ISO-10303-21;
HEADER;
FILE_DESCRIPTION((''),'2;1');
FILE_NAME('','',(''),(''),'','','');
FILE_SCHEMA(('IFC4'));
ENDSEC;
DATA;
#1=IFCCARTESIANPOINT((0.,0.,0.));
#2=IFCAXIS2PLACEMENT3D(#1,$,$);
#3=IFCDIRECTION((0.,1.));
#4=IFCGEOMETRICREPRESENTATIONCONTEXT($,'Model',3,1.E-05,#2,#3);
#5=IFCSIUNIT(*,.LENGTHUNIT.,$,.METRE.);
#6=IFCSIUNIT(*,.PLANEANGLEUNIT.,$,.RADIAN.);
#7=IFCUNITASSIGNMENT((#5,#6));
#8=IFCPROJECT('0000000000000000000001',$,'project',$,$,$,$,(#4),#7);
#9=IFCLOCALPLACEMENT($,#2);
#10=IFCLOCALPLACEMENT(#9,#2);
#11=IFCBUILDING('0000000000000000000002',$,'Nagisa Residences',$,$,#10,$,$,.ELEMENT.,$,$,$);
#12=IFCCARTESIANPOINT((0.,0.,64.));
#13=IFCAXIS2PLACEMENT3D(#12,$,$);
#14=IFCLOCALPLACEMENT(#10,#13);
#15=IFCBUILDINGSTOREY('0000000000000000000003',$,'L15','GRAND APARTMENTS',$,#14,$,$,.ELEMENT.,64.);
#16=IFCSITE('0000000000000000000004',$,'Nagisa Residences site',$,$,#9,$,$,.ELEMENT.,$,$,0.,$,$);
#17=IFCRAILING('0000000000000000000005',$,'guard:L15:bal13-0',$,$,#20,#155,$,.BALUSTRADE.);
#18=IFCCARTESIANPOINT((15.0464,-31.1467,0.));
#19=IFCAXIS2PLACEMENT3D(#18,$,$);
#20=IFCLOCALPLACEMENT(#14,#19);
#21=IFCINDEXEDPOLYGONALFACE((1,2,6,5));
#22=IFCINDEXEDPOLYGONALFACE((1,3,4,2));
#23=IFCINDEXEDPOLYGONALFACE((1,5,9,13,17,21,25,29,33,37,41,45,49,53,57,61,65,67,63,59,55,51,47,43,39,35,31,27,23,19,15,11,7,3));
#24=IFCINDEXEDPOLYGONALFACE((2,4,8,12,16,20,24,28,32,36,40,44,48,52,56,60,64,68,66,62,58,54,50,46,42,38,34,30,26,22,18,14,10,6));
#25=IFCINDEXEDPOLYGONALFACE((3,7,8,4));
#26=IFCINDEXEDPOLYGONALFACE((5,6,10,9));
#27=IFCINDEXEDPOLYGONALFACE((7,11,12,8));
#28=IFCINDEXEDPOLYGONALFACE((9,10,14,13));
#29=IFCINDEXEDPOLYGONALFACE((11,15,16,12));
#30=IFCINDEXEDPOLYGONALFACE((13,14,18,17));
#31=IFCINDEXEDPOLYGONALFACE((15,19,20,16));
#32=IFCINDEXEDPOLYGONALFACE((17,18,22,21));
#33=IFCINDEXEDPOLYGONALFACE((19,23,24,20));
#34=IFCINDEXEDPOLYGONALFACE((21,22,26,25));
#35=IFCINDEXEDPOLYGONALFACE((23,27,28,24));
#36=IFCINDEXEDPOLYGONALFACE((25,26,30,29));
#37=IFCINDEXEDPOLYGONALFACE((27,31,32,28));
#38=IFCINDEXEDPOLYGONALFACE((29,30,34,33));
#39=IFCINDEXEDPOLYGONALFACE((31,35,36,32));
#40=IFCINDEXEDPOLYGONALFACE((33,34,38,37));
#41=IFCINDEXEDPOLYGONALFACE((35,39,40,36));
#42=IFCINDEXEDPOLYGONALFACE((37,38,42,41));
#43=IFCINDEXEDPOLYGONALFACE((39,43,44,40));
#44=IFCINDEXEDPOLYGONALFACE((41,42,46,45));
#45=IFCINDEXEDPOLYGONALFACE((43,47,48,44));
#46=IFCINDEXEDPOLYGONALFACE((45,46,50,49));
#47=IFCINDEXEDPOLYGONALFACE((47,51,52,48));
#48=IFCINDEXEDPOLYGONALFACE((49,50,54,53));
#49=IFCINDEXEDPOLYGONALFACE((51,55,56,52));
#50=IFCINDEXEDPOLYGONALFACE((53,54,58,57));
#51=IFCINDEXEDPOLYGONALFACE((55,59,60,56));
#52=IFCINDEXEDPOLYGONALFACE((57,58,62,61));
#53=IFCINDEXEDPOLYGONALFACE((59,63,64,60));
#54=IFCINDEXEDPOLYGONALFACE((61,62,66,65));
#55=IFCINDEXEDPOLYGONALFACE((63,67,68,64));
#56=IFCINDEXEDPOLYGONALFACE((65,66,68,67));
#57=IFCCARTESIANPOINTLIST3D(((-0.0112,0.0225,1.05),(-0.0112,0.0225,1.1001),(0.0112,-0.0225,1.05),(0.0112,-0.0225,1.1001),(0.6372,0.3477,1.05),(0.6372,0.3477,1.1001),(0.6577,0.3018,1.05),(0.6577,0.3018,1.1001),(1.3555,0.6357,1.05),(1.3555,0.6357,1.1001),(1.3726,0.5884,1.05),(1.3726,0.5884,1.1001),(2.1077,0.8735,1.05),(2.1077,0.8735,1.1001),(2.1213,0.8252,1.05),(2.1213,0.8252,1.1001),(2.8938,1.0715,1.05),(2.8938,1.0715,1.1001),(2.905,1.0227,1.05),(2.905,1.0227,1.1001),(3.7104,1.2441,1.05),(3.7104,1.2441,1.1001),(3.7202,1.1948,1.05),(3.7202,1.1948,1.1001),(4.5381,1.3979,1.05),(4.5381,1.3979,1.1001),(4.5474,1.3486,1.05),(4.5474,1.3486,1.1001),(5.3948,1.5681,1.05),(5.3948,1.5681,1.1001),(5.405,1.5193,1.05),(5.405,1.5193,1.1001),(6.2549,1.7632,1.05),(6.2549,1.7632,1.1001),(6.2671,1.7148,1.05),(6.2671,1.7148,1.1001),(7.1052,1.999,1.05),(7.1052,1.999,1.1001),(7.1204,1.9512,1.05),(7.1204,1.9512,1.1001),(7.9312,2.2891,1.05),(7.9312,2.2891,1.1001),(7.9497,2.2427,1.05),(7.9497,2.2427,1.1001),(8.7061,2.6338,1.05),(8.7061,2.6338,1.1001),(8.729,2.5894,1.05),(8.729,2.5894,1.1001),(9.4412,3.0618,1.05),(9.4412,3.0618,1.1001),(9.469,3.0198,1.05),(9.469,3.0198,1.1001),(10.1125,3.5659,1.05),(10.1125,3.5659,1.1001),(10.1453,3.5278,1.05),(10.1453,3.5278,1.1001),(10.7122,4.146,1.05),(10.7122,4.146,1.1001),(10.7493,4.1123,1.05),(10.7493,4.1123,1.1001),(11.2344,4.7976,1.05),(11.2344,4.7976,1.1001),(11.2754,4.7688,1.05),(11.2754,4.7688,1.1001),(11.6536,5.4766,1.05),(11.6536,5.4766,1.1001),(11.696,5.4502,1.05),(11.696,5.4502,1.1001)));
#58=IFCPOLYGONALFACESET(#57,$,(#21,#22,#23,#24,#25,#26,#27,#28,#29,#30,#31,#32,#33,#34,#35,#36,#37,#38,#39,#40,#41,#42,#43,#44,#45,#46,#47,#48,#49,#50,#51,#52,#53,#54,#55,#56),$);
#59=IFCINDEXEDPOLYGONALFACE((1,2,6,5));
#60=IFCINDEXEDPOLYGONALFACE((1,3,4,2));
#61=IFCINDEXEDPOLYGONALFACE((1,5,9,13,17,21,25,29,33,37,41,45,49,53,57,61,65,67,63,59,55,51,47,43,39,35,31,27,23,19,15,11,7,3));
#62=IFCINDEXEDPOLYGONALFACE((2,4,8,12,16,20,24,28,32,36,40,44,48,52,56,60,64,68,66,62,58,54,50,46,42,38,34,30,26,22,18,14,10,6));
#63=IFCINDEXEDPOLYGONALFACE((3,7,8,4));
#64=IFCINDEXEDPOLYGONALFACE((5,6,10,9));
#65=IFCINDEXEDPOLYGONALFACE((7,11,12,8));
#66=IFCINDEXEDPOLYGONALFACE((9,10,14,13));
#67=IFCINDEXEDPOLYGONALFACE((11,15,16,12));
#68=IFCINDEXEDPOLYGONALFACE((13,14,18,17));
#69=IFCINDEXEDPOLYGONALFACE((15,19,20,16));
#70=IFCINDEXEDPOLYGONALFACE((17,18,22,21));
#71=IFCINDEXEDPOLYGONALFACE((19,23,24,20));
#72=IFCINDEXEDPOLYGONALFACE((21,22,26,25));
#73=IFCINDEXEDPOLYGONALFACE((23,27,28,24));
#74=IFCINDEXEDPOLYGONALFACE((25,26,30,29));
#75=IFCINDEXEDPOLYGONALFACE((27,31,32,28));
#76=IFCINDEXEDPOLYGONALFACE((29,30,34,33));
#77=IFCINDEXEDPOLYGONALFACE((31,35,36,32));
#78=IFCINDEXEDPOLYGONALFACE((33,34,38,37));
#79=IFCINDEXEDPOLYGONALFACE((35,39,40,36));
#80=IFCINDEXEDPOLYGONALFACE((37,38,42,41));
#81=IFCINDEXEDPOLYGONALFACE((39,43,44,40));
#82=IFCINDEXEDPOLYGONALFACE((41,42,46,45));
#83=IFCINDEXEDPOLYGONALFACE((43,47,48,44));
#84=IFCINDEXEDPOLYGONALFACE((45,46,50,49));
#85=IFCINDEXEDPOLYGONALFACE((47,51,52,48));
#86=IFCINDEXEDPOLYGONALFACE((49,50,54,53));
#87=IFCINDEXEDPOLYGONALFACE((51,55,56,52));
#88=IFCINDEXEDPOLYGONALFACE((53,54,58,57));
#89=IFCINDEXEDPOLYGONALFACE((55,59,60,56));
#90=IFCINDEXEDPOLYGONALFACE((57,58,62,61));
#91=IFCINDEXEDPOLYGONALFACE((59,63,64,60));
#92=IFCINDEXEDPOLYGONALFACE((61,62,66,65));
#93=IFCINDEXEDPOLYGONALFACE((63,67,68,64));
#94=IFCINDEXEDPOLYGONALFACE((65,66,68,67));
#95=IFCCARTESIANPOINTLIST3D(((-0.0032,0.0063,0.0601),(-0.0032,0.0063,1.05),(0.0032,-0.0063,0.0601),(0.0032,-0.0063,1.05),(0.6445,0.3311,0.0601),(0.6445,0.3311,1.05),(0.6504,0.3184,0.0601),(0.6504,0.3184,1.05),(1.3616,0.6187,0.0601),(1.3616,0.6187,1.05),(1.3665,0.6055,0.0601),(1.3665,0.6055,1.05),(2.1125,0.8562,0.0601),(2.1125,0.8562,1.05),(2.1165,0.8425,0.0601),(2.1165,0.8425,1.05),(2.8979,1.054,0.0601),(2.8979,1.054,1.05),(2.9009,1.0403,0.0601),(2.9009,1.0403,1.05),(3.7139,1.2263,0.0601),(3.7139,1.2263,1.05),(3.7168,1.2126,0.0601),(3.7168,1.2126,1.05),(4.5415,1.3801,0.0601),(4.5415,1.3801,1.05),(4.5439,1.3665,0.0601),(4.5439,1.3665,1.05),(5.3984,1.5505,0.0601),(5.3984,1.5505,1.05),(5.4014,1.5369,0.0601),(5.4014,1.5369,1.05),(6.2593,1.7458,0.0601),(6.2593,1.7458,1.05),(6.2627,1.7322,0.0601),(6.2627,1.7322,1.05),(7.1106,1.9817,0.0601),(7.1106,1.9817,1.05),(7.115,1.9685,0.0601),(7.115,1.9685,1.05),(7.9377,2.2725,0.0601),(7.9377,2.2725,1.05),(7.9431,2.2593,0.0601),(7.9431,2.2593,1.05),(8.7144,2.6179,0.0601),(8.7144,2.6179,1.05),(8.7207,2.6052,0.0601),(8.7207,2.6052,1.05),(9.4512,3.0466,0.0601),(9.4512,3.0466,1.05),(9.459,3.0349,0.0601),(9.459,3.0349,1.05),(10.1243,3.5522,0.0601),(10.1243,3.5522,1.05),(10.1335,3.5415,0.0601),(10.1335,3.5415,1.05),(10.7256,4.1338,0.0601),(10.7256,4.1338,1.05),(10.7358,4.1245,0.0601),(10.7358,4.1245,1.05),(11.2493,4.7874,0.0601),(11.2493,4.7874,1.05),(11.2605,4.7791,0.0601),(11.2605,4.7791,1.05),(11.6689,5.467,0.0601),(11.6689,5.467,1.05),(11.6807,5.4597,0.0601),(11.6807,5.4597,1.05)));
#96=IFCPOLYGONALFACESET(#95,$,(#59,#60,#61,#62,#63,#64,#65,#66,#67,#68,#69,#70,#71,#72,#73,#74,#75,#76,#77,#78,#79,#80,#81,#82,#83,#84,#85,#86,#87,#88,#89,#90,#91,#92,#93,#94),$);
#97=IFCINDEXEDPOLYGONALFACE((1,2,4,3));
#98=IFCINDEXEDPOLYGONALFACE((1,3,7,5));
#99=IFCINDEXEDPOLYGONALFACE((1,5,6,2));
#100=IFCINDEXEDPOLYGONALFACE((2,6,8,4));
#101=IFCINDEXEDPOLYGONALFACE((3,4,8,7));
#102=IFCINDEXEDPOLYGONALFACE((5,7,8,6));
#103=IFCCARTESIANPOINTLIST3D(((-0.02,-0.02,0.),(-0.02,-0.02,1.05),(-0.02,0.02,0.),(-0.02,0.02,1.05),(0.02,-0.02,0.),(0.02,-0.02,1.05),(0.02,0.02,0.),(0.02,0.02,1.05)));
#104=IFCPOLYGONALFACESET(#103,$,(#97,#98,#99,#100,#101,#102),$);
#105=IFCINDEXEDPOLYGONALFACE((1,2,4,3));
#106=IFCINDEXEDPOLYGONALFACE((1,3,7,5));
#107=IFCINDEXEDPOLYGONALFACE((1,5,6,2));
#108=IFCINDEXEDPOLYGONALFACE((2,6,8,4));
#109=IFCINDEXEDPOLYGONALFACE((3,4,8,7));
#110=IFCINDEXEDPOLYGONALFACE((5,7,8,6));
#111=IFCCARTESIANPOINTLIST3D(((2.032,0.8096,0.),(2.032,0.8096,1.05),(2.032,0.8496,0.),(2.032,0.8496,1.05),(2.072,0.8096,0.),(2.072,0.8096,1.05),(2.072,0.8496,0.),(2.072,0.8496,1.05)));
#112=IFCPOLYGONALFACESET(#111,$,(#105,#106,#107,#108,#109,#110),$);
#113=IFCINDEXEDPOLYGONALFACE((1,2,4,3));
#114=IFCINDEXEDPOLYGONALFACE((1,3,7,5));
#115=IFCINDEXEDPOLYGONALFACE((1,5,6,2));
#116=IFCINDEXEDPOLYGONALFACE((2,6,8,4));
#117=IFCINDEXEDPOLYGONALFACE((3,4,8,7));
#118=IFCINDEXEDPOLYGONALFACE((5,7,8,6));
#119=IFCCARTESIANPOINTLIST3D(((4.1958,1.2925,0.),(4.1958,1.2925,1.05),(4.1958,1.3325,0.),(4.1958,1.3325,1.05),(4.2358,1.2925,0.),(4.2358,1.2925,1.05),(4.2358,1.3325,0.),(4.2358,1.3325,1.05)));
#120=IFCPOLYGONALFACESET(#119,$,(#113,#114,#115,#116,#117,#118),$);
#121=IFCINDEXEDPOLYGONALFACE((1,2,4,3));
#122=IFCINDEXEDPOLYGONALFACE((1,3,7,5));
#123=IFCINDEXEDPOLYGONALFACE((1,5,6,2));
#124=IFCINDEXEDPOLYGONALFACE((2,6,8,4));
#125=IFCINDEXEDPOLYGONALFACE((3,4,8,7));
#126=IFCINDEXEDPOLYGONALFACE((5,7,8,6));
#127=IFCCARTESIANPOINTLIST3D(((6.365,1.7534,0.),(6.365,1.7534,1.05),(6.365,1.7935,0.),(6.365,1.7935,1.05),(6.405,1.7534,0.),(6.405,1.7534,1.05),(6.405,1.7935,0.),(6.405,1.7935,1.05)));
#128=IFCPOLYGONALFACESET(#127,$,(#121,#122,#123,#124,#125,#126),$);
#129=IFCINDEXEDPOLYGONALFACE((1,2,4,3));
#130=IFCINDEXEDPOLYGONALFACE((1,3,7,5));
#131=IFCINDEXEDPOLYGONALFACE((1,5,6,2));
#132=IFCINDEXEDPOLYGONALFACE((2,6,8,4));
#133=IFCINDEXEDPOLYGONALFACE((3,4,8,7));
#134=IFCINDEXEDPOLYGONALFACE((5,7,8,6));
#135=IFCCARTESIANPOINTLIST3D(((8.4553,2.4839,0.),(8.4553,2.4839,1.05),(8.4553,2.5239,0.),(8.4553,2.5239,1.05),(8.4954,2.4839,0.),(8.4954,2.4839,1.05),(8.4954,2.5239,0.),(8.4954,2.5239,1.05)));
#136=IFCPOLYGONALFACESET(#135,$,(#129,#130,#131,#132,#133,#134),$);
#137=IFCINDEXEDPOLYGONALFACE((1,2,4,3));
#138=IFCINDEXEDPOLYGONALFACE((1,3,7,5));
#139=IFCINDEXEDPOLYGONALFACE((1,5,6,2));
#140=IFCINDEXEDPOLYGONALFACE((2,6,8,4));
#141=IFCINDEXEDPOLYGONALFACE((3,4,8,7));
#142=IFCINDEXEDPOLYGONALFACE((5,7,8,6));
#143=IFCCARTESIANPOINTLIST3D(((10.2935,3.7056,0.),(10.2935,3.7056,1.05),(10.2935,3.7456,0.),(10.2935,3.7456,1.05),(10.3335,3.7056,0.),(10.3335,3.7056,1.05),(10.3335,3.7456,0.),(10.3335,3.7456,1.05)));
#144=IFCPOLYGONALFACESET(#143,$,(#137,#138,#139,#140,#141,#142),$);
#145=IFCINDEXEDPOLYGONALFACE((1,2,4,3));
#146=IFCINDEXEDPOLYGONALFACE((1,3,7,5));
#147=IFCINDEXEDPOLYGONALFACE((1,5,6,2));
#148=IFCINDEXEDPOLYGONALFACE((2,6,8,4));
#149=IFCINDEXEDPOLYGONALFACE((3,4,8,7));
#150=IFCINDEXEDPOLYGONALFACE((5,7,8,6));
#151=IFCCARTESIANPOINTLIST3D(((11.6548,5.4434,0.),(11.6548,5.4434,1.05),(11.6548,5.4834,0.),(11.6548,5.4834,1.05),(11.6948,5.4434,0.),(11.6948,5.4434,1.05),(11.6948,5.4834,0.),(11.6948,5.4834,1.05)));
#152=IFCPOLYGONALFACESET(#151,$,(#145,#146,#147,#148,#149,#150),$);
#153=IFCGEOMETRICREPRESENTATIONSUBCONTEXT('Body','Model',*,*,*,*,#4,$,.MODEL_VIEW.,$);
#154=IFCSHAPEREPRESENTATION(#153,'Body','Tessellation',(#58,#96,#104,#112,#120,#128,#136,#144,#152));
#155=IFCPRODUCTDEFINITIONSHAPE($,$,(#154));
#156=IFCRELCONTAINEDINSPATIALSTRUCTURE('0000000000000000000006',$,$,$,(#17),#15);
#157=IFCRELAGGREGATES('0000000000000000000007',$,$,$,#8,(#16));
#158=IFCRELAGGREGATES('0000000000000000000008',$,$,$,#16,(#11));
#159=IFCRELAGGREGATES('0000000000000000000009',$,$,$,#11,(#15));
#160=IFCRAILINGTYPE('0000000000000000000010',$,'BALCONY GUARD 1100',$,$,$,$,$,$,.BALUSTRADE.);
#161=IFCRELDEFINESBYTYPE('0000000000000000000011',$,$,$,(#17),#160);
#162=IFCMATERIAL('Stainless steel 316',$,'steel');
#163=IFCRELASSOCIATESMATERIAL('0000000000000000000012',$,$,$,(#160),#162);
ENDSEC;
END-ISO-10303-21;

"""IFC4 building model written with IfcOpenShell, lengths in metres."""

from ifc_helpers import new_model, si_unit, direction, frame, origin, origin_2d, place, context, subcontext, project, spatial, polyline, rectangle, outline, extrude, material, type_object, element, save


model = new_model("IFC4")

# Units and contexts
model_context = context("Model", 3, precision=1e-05, world=origin(), true_north=direction((0.0, 1.0)))
body_context = subcontext(model_context, "Body", "Model", "MODEL_VIEW")
ifc_project = project(units=[si_unit("LENGTHUNIT", "METRE"), si_unit("PLANEANGLEUNIT", "RADIAN")], contexts=[model_context])

# Site, building, storey
site_placement = place(None, origin())
site = spatial("IfcSite", under=ifc_project, at=site_placement, Name="Nagisa Residences site", CompositionType="ELEMENT", RefElevation=0.0)
building_placement = place(site_placement, origin())
building = spatial("IfcBuilding", under=site, at=building_placement, Name="Nagisa Residences", CompositionType="ELEMENT")
storey_placement = place(building_placement, frame((0.0, 0.0, 64.0)))
storey = spatial("IfcBuildingStorey", under=building, at=storey_placement, Name="L15", Description="GRAND APARTMENTS", CompositionType="ELEMENT", Elevation=64.0)

# Railing
ifc_material_1 = material(Name="Stainless steel 316", Category="steel")
railing_type = type_object("IfcRailingType", Name="BALCONY GUARD 1100", PredefinedType="BALUSTRADE", material=ifc_material_1)
railing_1_placement = place(storey_placement, frame((15.0464, -31.1467, 0.0)))
element("IfcRailing", 1, at=railing_1_placement, inside=storey, type_object=railing_type, Name="guard:L15:bal13-0", PredefinedType="BALUSTRADE", context=body_context, shape_type="SweptSolid", body=[
    extrude(outline(polyline([(0.6372, 0.3477), (-0.0112, 0.0225), (0.0112, -0.0225), (0.6577, 0.3018), (1.3726, 0.5884), (2.1213, 0.8252), (2.905, 1.0227), (3.7202, 1.1948), (4.5474, 1.3486), (5.405, 1.5193), (6.2671, 1.7148), (7.1204, 1.9512), (7.9497, 2.2427), (8.729, 2.5894), (9.469, 3.0198), (10.1453, 3.5278), (10.7493, 4.1123), (11.2754, 4.7688), (11.696, 5.4502), (11.6536, 5.4766), (11.2344, 4.7976), (10.7122, 4.146), (10.1125, 3.5659), (9.4412, 3.0618), (8.7061, 2.6338), (7.9312, 2.2891), (7.1052, 1.999), (6.2549, 1.7632), (5.3948, 1.5681), (4.5381, 1.3979), (3.7104, 1.2441), (2.8938, 1.0715), (2.1077, 0.8735), (1.3555, 0.6357), (0.6372, 0.3477)])), frame((0.0, 0.0, 1.05)), (0.0, 0.0, 1.0), 0.05),
    extrude(outline(polyline([(0.6445, 0.3311), (-0.0032, 0.0063), (0.0032, -0.0063), (0.6504, 0.3184), (1.3665, 0.6055), (2.1165, 0.8425), (2.9009, 1.0403), (3.7168, 1.2126), (4.5439, 1.3665), (5.4014, 1.5369), (6.2627, 1.7322), (7.115, 1.9685), (7.9431, 2.2593), (8.7207, 2.6052), (9.459, 3.0349), (10.1335, 3.5415), (10.7358, 4.1245), (11.2605, 4.7791), (11.6807, 5.4597), (11.6689, 5.467), (11.2493, 4.7874), (10.7256, 4.1338), (10.1243, 3.5522), (9.4512, 3.0466), (8.7144, 2.6179), (7.9377, 2.2725), (7.1106, 1.9817), (6.2593, 1.7458), (5.3984, 1.5505), (4.5415, 1.3801), (3.7139, 1.2263), (2.8979, 1.054), (2.1125, 0.8562), (1.3616, 0.6187), (0.6445, 0.3311)])), frame((0.0, 0.0, 0.0601)), (0.0, 0.0, 1.0), 0.99),
    extrude(rectangle(XDim=0.04, YDim=0.04, at=origin_2d()), origin(), (0.0, 0.0, 1.0), 1.05),
    extrude(rectangle(XDim=0.04, YDim=0.04, at=origin_2d()), frame((2.052, 0.8296, 0.0)), (0.0, 0.0, 1.0), 1.05),
    extrude(rectangle(XDim=0.04, YDim=0.04, at=origin_2d()), frame((4.2158, 1.3125, 0.0)), (0.0, 0.0, 1.0), 1.05),
    extrude(rectangle(XDim=0.04, YDim=0.04, at=origin_2d()), frame((6.385, 1.7734, 0.0)), (0.0, 0.0, 1.0), 1.05),
    extrude(rectangle(XDim=0.04, YDim=0.04, at=origin_2d()), frame((8.4753, 2.5039, 0.0)), (0.0, 0.0, 1.0), 1.05),
    extrude(rectangle(XDim=0.04, YDim=0.04, at=origin_2d()), frame((10.3135, 3.7256, 0.0)), (0.0, 0.0, 1.0), 1.05),
    extrude(rectangle(XDim=0.04, YDim=0.04, at=origin_2d()), frame((11.6748, 5.4634, 0.0)), (0.0, 0.0, 1.0), 1.05),
])

save(model, "model.ifc")
